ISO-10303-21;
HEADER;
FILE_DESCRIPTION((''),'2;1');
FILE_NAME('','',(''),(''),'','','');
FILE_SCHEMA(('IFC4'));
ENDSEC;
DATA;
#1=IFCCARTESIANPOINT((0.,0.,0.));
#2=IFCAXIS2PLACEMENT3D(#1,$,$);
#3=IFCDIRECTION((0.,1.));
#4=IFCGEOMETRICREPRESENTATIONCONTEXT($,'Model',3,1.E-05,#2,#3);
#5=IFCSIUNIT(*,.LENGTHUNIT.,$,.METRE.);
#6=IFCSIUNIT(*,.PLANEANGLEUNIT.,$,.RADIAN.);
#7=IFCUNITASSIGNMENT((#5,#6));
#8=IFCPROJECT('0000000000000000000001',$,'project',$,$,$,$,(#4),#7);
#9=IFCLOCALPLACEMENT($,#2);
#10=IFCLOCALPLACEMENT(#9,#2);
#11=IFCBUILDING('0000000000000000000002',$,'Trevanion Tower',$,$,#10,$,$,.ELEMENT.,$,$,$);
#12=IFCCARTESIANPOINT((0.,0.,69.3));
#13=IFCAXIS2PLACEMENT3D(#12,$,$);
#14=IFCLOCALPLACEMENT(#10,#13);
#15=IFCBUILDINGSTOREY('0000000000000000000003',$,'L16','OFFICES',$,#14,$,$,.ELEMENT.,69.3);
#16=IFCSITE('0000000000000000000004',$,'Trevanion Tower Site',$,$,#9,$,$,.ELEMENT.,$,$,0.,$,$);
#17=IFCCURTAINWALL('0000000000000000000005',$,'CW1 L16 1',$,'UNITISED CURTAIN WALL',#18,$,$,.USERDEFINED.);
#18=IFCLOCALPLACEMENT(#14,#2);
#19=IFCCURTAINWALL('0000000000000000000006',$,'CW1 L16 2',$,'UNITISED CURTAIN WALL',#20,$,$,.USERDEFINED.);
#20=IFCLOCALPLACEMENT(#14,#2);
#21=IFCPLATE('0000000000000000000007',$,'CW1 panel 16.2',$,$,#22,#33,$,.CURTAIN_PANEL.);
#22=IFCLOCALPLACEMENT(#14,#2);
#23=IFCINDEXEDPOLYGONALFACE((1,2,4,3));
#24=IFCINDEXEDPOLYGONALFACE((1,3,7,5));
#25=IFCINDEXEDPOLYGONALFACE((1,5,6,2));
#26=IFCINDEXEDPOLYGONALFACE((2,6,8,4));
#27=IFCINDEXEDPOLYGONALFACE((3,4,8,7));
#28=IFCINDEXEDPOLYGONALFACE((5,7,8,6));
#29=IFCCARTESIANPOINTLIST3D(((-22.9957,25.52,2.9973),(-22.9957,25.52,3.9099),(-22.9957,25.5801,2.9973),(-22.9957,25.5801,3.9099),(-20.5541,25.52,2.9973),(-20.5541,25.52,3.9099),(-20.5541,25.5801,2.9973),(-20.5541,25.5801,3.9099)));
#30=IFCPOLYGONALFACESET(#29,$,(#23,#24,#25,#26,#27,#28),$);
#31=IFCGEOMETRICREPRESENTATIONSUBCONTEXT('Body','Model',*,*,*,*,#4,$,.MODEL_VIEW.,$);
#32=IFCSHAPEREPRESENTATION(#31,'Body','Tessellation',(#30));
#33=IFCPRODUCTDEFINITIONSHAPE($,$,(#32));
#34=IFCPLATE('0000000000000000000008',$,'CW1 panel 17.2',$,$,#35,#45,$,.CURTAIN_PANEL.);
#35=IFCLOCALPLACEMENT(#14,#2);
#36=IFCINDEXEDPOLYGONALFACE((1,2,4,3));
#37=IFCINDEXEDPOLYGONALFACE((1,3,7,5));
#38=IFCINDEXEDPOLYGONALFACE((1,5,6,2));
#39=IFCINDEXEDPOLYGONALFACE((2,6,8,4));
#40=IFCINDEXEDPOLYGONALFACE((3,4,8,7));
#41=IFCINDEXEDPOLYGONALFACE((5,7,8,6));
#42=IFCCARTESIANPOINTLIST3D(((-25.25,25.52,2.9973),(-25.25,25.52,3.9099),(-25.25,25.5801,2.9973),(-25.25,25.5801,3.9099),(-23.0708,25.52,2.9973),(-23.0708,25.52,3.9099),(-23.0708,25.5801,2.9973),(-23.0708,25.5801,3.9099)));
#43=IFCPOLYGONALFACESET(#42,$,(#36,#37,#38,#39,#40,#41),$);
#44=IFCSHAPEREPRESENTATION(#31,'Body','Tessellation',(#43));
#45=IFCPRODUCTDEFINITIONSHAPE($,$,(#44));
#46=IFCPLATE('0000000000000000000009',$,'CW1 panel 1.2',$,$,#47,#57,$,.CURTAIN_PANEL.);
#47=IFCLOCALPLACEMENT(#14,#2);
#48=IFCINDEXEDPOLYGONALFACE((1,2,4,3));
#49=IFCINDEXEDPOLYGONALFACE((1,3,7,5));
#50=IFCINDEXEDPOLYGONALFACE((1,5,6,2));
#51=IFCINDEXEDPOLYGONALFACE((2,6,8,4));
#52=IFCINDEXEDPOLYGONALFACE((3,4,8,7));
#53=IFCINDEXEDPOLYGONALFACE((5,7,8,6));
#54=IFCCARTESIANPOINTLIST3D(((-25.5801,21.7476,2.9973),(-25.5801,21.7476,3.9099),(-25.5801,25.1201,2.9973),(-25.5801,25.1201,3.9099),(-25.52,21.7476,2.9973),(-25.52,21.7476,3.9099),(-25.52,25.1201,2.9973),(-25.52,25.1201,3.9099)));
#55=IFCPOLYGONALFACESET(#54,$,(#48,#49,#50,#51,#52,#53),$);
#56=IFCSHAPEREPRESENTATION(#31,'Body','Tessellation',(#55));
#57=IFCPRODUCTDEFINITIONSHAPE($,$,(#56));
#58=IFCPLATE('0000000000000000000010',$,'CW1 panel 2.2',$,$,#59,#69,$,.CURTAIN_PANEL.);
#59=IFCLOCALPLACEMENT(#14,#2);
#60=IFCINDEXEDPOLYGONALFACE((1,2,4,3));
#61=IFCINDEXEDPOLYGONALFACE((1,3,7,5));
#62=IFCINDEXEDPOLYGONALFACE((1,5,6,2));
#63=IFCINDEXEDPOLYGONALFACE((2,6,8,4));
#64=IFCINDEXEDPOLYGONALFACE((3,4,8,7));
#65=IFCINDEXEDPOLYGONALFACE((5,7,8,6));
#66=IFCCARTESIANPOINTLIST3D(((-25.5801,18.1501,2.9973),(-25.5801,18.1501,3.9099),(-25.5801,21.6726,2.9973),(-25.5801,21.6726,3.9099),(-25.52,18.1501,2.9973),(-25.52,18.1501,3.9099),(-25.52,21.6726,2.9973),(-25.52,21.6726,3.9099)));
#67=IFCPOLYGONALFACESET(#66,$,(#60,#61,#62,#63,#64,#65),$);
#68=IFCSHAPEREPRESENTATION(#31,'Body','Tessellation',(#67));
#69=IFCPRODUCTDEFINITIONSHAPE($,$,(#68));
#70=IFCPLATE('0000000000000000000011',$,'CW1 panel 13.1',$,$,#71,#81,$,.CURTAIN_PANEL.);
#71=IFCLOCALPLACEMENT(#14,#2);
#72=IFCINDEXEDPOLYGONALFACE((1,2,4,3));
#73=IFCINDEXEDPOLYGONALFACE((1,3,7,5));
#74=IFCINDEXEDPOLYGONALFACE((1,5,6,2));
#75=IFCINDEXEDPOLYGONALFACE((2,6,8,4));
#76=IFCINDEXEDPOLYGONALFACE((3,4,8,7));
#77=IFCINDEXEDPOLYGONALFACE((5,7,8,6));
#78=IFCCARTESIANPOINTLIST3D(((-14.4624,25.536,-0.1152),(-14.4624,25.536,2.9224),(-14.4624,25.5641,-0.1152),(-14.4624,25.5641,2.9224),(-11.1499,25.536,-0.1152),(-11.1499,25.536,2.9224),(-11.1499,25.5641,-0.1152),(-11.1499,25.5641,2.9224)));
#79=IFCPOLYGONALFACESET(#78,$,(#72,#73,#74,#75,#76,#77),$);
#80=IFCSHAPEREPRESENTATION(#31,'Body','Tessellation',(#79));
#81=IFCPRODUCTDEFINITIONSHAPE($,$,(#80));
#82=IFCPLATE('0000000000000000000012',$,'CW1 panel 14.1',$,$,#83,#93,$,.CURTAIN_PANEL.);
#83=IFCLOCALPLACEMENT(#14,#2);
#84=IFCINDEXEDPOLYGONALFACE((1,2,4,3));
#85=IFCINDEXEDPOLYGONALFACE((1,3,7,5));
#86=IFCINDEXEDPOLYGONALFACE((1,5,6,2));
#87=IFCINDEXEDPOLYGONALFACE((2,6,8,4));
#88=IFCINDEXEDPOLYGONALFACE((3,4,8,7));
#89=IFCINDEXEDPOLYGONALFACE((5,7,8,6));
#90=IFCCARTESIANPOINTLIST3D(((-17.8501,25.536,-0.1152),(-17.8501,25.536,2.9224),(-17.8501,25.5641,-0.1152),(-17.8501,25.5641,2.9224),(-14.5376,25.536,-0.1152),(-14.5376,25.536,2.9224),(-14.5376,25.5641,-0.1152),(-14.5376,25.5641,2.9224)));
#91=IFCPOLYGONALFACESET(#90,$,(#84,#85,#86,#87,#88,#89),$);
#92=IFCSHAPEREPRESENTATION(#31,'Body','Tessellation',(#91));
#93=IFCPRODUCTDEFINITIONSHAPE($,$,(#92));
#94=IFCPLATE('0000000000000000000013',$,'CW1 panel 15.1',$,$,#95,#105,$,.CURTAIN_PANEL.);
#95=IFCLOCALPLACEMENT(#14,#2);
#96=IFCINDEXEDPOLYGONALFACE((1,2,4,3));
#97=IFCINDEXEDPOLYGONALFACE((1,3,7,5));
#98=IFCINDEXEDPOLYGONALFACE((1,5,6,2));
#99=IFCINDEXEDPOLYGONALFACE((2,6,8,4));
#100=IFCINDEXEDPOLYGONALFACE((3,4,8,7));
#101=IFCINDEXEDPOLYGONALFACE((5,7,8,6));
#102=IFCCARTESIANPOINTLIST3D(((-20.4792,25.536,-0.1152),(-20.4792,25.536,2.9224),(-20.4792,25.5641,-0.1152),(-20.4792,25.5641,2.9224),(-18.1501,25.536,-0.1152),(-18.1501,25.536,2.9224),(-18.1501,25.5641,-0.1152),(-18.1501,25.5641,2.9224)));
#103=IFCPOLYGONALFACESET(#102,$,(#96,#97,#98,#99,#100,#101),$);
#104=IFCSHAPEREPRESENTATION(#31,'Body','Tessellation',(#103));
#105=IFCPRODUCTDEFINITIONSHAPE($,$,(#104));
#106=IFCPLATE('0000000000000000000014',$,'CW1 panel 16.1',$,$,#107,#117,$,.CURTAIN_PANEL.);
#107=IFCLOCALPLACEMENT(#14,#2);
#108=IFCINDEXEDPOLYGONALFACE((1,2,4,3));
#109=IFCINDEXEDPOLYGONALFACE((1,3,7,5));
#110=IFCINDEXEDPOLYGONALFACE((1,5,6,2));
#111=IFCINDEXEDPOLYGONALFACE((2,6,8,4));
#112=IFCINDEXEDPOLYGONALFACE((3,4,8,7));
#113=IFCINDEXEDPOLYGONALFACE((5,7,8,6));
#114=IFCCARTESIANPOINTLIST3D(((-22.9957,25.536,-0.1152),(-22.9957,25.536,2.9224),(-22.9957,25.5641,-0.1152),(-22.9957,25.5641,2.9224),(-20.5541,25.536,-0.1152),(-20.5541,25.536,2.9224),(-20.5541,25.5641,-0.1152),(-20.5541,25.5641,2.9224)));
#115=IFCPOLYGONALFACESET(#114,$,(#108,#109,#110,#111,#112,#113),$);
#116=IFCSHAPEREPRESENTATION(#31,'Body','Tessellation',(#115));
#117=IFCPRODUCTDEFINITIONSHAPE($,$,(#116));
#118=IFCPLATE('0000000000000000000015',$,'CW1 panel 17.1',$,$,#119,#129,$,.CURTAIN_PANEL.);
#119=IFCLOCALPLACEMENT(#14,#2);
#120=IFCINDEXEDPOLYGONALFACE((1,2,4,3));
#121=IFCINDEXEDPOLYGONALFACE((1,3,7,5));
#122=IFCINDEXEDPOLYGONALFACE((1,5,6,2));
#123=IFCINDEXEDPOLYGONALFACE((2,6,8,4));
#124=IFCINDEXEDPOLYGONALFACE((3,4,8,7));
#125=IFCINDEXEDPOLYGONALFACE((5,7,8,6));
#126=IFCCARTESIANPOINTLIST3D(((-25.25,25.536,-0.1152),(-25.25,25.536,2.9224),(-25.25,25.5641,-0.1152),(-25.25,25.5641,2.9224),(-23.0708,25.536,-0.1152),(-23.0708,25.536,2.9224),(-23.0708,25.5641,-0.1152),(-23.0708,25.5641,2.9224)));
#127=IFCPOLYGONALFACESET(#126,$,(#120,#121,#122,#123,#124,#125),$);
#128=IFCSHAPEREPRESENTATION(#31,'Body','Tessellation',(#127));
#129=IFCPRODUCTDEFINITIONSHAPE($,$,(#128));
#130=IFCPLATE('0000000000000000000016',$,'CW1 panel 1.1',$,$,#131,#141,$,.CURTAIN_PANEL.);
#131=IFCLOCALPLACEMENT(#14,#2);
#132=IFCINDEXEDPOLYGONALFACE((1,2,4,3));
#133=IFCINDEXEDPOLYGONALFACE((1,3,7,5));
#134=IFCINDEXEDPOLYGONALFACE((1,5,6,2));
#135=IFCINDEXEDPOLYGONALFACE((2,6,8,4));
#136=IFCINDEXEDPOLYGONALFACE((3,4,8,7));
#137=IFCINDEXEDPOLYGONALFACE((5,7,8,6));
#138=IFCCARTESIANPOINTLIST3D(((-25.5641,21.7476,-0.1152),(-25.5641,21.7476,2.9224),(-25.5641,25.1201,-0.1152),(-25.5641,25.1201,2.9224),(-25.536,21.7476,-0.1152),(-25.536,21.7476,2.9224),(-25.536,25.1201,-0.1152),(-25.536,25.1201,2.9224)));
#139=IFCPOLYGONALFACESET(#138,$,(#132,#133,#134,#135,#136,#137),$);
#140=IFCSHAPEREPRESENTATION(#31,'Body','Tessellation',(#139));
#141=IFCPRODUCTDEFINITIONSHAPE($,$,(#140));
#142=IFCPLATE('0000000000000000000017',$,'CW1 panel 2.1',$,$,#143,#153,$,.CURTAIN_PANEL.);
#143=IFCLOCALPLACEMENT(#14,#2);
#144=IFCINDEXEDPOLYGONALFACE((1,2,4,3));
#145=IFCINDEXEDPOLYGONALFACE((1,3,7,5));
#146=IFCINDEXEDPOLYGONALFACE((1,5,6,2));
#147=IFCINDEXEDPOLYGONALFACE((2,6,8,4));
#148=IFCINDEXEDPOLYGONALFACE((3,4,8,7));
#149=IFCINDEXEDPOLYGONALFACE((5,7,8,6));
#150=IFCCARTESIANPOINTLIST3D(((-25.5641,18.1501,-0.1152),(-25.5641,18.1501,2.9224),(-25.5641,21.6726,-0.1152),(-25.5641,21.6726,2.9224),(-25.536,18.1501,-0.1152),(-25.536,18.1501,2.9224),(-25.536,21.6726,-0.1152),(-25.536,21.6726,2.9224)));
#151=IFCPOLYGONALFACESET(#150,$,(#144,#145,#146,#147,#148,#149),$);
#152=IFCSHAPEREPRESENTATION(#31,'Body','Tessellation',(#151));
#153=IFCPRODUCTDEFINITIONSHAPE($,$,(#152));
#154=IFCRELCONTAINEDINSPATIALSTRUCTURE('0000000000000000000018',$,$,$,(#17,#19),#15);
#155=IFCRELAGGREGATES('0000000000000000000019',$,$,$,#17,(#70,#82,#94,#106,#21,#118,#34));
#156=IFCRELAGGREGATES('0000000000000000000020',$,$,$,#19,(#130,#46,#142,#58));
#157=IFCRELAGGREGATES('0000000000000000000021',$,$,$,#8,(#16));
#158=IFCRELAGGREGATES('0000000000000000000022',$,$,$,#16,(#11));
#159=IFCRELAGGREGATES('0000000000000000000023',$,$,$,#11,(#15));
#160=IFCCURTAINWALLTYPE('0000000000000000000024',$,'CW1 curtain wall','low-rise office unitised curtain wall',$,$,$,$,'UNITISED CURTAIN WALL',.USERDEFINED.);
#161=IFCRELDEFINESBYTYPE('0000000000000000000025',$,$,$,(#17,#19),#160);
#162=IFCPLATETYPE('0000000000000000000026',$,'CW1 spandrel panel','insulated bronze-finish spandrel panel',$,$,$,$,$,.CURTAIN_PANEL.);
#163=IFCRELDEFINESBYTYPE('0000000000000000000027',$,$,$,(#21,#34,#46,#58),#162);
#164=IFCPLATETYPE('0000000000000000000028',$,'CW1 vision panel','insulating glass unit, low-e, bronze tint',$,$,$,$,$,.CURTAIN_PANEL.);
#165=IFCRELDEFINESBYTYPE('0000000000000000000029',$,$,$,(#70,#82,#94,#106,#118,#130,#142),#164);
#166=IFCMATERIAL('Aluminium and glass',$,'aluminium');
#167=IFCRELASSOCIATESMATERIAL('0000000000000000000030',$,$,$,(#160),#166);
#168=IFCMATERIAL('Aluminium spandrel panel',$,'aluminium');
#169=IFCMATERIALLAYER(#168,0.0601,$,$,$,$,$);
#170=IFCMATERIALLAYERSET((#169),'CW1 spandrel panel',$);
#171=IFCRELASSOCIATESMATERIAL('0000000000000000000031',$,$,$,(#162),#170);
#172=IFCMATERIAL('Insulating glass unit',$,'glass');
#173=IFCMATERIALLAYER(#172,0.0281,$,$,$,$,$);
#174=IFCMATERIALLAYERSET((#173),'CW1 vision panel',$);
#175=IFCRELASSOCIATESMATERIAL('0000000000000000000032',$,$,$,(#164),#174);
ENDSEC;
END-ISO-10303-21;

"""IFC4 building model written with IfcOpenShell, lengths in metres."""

from ifc_helpers import new_model, si_unit, direction, frame, origin, origin_2d, place, context, subcontext, project, spatial, rectangle, extrude, material, layer, layer_set, type_object, element, aggregate, save


model = new_model("IFC4")

# Units and contexts
model_context = context("Model", 3, precision=1e-05, world=origin(), true_north=direction((0.0, 1.0)))
body_context = subcontext(model_context, "Body", "Model", "MODEL_VIEW")
ifc_project = project(units=[si_unit("LENGTHUNIT", "METRE"), si_unit("PLANEANGLEUNIT", "RADIAN")], contexts=[model_context])

# Site, building, storey
site_placement = place(None, origin())
site = spatial("IfcSite", under=ifc_project, at=site_placement, Name="Trevanion Tower Site", CompositionType="ELEMENT", RefElevation=0.0)
building_placement = place(site_placement, origin())
building = spatial("IfcBuilding", under=site, at=building_placement, Name="Trevanion Tower", CompositionType="ELEMENT")
storey_placement = place(building_placement, frame((0.0, 0.0, 69.3)))
storey = spatial("IfcBuildingStorey", under=building, at=storey_placement, Name="L16", Description="OFFICES", CompositionType="ELEMENT", Elevation=69.3)

# Curtain wall
ifc_material_1 = material(Name="Aluminium and glass", Category="aluminium")
curtain_wall_type = type_object("IfcCurtainWallType", Name="CW1 curtain wall", Description="low-rise office unitised curtain wall", ElementType="UNITISED CURTAIN WALL", PredefinedType="USERDEFINED", material=ifc_material_1)
curtain_wall_1_placement = place(storey_placement, origin())
curtain_wall_1 = element("IfcCurtainWall", 1, at=curtain_wall_1_placement, inside=storey, type_object=curtain_wall_type, Name="CW1 L16 1", ObjectType="UNITISED CURTAIN WALL", PredefinedType="USERDEFINED")

# Curtain wall
curtain_wall_2_placement = place(storey_placement, origin())
curtain_wall_2 = element("IfcCurtainWall", 2, at=curtain_wall_2_placement, inside=storey, type_object=curtain_wall_type, Name="CW1 L16 2", ObjectType="UNITISED CURTAIN WALL", PredefinedType="USERDEFINED")

# Plates
ifc_material_2 = material(Name="Aluminium spandrel panel", Category="aluminium")
ifc_layer_1 = layer(ifc_material_2, 0.0601)
ifc_layer_set_1 = layer_set([ifc_layer_1], Name="CW1 spandrel panel")
plate_type_1 = type_object("IfcPlateType", Name="CW1 spandrel panel", Description="insulated bronze-finish spandrel panel", PredefinedType="CURTAIN_PANEL", material=ifc_layer_set_1)
plate_1_placement = place(storey_placement, frame((-21.7749, 25.55, 2.9973), z_axis=(0.0, 0.0, 1.0), x_axis=(-1.0, 0.0, 0.0)))
plate_1 = element("IfcPlate", 3, at=plate_1_placement, type_object=plate_type_1, Name="CW1 panel 16.2", PredefinedType="CURTAIN_PANEL", context=body_context, shape_type="SweptSolid", body=[
    extrude(rectangle(XDim=2.4417, YDim=0.0601, at=origin_2d()), origin(), (0.0, 0.0, 1.0), 0.9126),
])
plate_2_placement = place(storey_placement, frame((-24.1604, 25.55, 2.9973), z_axis=(0.0, 0.0, 1.0), x_axis=(-1.0, 0.0, 0.0)))
plate_2 = element("IfcPlate", 4, at=plate_2_placement, type_object=plate_type_1, Name="CW1 panel 17.2", PredefinedType="CURTAIN_PANEL", context=body_context, shape_type="SweptSolid", body=[
    extrude(rectangle(XDim=2.1792, YDim=0.0601, at=origin_2d()), origin(), (0.0, 0.0, 1.0), 0.9126),
])
plate_3_placement = place(storey_placement, frame((-25.55, 23.4338, 2.9973), z_axis=(0.0, 0.0, 1.0), x_axis=(0.0, -1.0, 0.0)))
plate_3 = element("IfcPlate", 5, at=plate_3_placement, type_object=plate_type_1, Name="CW1 panel 1.2", PredefinedType="CURTAIN_PANEL", context=body_context, shape_type="SweptSolid", body=[
    extrude(rectangle(XDim=3.3726, YDim=0.0601, at=origin_2d()), origin(), (0.0, 0.0, 1.0), 0.9126),
])
plate_4_placement = place(storey_placement, frame((-25.55, 19.9114, 2.9973), z_axis=(0.0, 0.0, 1.0), x_axis=(0.0, -1.0, 0.0)))
plate_4 = element("IfcPlate", 6, at=plate_4_placement, type_object=plate_type_1, Name="CW1 panel 2.2", PredefinedType="CURTAIN_PANEL", context=body_context, shape_type="SweptSolid", body=[
    extrude(rectangle(XDim=3.5225, YDim=0.0601, at=origin_2d()), origin(), (0.0, 0.0, 1.0), 0.9126),
])
ifc_material_3 = material(Name="Insulating glass unit", Category="glass")
ifc_layer_2 = layer(ifc_material_3, 0.0281)
ifc_layer_set_2 = layer_set([ifc_layer_2], Name="CW1 vision panel")
plate_type_2 = type_object("IfcPlateType", Name="CW1 vision panel", Description="insulating glass unit, low-e, bronze tint", PredefinedType="CURTAIN_PANEL", material=ifc_layer_set_2)
plate_5_placement = place(storey_placement, frame((-12.8062, 25.55, -0.1152), z_axis=(0.0, 0.0, 1.0), x_axis=(-1.0, 0.0, 0.0)))
plate_5 = element("IfcPlate", 7, at=plate_5_placement, type_object=plate_type_2, Name="CW1 panel 13.1", PredefinedType="CURTAIN_PANEL", context=body_context, shape_type="SweptSolid", body=[
    extrude(rectangle(XDim=3.3125, YDim=0.0281, at=origin_2d()), origin(), (0.0, 0.0, 1.0), 3.0376),
])
plate_6_placement = place(storey_placement, frame((-16.1938, 25.55, -0.1152), z_axis=(0.0, 0.0, 1.0), x_axis=(-1.0, 0.0, 0.0)))
plate_6 = element("IfcPlate", 8, at=plate_6_placement, type_object=plate_type_2, Name="CW1 panel 14.1", PredefinedType="CURTAIN_PANEL", context=body_context, shape_type="SweptSolid", body=[
    extrude(rectangle(XDim=3.3125, YDim=0.0281, at=origin_2d()), origin(), (0.0, 0.0, 1.0), 3.0376),
])
plate_7_placement = place(storey_placement, frame((-19.3147, 25.55, -0.1152), z_axis=(0.0, 0.0, 1.0), x_axis=(-1.0, 0.0, 0.0)))
plate_7 = element("IfcPlate", 9, at=plate_7_placement, type_object=plate_type_2, Name="CW1 panel 15.1", PredefinedType="CURTAIN_PANEL", context=body_context, shape_type="SweptSolid", body=[
    extrude(rectangle(XDim=2.3291, YDim=0.0281, at=origin_2d()), origin(), (0.0, 0.0, 1.0), 3.0376),
])
plate_8_placement = place(storey_placement, frame((-21.7749, 25.55, -0.1152), z_axis=(0.0, 0.0, 1.0), x_axis=(-1.0, 0.0, 0.0)))
plate_8 = element("IfcPlate", 10, at=plate_8_placement, type_object=plate_type_2, Name="CW1 panel 16.1", PredefinedType="CURTAIN_PANEL", context=body_context, shape_type="SweptSolid", body=[
    extrude(rectangle(XDim=2.4417, YDim=0.0281, at=origin_2d()), origin(), (0.0, 0.0, 1.0), 3.0376),
])
plate_9_placement = place(storey_placement, frame((-24.1604, 25.55, -0.1152), z_axis=(0.0, 0.0, 1.0), x_axis=(-1.0, 0.0, 0.0)))
plate_9 = element("IfcPlate", 11, at=plate_9_placement, type_object=plate_type_2, Name="CW1 panel 17.1", PredefinedType="CURTAIN_PANEL", context=body_context, shape_type="SweptSolid", body=[
    extrude(rectangle(XDim=2.1792, YDim=0.0281, at=origin_2d()), origin(), (0.0, 0.0, 1.0), 3.0376),
])
aggregate(curtain_wall_1, [plate_5, plate_6, plate_7, plate_8, plate_1, plate_9, plate_2])
plate_10_placement = place(storey_placement, frame((-25.55, 23.4338, -0.1152), z_axis=(0.0, 0.0, 1.0), x_axis=(0.0, -1.0, 0.0)))
plate_10 = element("IfcPlate", 12, at=plate_10_placement, type_object=plate_type_2, Name="CW1 panel 1.1", PredefinedType="CURTAIN_PANEL", context=body_context, shape_type="SweptSolid", body=[
    extrude(rectangle(XDim=3.3726, YDim=0.0281, at=origin_2d()), origin(), (0.0, 0.0, 1.0), 3.0376),
])
plate_11_placement = place(storey_placement, frame((-25.55, 19.9114, -0.1152), z_axis=(0.0, 0.0, 1.0), x_axis=(0.0, -1.0, 0.0)))
plate_11 = element("IfcPlate", 13, at=plate_11_placement, type_object=plate_type_2, Name="CW1 panel 2.1", PredefinedType="CURTAIN_PANEL", context=body_context, shape_type="SweptSolid", body=[
    extrude(rectangle(XDim=3.5225, YDim=0.0281, at=origin_2d()), origin(), (0.0, 0.0, 1.0), 3.0376),
])
aggregate(curtain_wall_2, [plate_10, plate_3, plate_11, plate_4])

save(model, "model.ifc")
